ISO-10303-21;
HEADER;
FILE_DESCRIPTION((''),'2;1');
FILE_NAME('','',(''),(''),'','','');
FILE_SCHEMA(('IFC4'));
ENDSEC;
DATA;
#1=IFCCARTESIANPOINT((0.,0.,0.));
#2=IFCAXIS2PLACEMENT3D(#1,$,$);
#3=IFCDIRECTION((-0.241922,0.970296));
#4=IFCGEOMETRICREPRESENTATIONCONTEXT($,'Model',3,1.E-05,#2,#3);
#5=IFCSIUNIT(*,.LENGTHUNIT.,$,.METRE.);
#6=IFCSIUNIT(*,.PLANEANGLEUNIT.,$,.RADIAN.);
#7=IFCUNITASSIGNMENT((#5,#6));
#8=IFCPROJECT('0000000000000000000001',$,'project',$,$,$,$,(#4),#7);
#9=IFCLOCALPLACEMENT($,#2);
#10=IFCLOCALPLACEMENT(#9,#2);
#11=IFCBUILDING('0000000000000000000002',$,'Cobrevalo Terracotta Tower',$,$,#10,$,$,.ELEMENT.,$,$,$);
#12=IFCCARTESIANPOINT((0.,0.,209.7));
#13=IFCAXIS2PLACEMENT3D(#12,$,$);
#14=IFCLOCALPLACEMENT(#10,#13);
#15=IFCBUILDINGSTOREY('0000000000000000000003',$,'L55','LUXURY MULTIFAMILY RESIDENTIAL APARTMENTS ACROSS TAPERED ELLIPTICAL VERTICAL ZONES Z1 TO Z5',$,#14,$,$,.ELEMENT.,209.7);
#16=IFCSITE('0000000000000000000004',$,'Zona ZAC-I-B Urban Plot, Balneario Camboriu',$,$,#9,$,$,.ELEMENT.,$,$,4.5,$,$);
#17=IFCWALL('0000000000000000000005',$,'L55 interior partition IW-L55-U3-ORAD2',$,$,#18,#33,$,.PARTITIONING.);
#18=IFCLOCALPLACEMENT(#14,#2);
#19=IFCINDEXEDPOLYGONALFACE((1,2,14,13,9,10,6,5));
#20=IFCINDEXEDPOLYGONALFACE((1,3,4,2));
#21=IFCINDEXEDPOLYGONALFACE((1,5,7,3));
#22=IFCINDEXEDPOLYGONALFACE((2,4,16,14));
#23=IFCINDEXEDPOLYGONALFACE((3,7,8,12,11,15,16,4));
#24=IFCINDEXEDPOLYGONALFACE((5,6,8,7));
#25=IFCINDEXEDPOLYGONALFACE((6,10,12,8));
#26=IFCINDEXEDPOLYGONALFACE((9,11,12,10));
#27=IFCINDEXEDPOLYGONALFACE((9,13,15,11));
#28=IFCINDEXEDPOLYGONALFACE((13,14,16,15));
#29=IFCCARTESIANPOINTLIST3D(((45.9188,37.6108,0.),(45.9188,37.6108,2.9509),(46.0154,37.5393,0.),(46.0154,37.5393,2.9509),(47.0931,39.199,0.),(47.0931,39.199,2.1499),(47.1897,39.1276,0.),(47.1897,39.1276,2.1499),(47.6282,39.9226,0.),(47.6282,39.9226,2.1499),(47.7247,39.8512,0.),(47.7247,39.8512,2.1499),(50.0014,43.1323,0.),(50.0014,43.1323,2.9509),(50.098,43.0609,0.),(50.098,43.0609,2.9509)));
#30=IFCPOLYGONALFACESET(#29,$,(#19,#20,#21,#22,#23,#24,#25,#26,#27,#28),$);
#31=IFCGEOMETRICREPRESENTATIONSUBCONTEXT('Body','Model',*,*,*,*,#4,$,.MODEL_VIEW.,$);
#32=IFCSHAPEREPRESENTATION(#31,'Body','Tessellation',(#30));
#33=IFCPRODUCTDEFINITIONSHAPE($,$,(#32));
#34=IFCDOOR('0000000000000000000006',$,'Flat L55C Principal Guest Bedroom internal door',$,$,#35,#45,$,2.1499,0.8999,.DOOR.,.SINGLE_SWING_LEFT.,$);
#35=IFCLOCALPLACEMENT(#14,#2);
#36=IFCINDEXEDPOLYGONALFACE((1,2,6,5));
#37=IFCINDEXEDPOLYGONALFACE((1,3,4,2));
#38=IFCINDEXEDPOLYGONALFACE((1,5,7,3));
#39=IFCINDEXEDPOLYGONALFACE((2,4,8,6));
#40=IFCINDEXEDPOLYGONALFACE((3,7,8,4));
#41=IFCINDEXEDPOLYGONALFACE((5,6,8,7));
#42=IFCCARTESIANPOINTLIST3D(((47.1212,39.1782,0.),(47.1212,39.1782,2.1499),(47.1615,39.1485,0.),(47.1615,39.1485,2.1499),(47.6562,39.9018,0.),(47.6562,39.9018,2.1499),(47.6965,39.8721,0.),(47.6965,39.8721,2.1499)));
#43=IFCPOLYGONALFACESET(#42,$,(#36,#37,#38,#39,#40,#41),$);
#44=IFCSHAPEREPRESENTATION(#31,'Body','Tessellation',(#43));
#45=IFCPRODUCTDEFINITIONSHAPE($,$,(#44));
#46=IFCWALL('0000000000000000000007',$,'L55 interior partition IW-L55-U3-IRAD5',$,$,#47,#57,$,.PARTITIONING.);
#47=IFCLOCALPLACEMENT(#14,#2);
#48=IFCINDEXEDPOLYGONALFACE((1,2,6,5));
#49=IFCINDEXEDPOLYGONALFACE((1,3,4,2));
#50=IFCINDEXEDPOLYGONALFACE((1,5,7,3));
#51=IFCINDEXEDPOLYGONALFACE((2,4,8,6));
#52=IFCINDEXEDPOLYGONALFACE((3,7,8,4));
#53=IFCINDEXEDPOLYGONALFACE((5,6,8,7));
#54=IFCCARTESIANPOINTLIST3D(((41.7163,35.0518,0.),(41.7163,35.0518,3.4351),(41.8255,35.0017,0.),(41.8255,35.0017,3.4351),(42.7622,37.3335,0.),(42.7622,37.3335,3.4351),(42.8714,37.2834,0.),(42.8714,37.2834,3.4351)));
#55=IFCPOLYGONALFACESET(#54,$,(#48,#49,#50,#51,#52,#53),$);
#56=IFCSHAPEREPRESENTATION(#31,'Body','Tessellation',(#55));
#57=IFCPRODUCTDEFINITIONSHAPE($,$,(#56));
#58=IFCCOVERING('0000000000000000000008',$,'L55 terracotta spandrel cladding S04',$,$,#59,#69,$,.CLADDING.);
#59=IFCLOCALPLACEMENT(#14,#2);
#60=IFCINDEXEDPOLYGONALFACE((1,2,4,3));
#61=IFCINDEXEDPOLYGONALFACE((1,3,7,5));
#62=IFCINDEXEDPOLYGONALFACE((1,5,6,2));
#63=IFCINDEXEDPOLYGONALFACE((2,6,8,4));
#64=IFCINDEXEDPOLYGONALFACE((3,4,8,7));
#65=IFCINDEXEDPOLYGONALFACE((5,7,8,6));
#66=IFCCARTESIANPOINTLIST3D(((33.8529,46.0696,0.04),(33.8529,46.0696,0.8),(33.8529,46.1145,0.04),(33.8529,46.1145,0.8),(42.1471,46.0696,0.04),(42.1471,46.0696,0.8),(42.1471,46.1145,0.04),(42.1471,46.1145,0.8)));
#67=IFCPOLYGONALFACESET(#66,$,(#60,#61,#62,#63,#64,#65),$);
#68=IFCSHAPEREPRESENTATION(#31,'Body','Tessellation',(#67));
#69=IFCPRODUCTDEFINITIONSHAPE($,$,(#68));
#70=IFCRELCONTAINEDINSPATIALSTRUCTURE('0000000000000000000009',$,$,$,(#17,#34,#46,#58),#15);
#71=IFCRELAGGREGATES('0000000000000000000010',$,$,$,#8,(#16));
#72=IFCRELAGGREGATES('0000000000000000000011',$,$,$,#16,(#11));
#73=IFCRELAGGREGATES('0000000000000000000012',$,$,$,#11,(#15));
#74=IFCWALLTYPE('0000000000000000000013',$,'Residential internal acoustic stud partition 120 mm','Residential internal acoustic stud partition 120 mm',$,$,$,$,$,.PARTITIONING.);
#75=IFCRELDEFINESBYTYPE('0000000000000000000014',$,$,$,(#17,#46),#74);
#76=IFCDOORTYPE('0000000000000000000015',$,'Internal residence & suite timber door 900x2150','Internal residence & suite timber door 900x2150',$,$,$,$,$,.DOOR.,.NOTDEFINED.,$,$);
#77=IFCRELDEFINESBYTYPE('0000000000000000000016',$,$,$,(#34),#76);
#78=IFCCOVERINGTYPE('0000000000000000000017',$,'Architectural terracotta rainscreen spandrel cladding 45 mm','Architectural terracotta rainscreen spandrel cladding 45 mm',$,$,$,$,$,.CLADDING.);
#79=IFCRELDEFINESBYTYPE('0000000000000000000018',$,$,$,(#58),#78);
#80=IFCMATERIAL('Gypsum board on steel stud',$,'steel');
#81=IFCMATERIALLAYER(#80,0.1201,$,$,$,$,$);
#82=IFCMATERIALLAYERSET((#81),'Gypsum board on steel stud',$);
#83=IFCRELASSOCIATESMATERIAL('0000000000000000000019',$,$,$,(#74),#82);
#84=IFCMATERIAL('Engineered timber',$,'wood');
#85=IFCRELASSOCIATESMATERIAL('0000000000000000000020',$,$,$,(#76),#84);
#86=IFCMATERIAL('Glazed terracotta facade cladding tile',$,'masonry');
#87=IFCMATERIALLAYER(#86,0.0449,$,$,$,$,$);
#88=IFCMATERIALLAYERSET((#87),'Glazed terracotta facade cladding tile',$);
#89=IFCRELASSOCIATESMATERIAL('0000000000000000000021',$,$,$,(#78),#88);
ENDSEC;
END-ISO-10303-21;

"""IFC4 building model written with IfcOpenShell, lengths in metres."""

from ifc_helpers import new_model, si_unit, direction, frame, frame_2d, origin, origin_2d, place, context, subcontext, project, spatial, rectangle, extrude, source, transform, mapped, material, layer, layer_set, type_object, element, fill, save


model = new_model("IFC4")

# Units and contexts
model_context = context("Model", 3, precision=1e-05, world=origin(), true_north=direction((-0.241922, 0.970296)))
body_context = subcontext(model_context, "Body", "Model", "MODEL_VIEW")
ifc_project = project(units=[si_unit("LENGTHUNIT", "METRE"), si_unit("PLANEANGLEUNIT", "RADIAN")], contexts=[model_context])

# Site, building, storey
site_placement = place(None, origin())
site = spatial("IfcSite", under=ifc_project, at=site_placement, Name="Zona ZAC-I-B Urban Plot, Balneario Camboriu", CompositionType="ELEMENT", RefElevation=4.5)
building_placement = place(site_placement, origin())
building = spatial("IfcBuilding", under=site, at=building_placement, Name="Cobrevalo Terracotta Tower", CompositionType="ELEMENT")
storey_placement = place(building_placement, frame((0.0, 0.0, 209.7)))
storey = spatial("IfcBuildingStorey", under=building, at=storey_placement, Name="L55", Description="LUXURY MULTIFAMILY RESIDENTIAL APARTMENTS ACROSS TAPERED ELLIPTICAL VERTICAL ZONES Z1 TO Z5", CompositionType="ELEMENT", Elevation=209.7)

# Shared definitions
ifc_material_1 = material(Name="Gypsum board on steel stud", Category="steel")

# Shared definitions
ifc_layer_1 = layer(ifc_material_1, 0.1201)
ifc_layer_set_1 = layer_set([ifc_layer_1], Name="Gypsum board on steel stud")
wall_type_1 = type_object("IfcWallType", Name="Residential internal acoustic stud partition 120 mm", Description="Residential internal acoustic stud partition 120 mm", PredefinedType="PARTITIONING", material=ifc_layer_set_1)

# Shared definitions
ifc_material_2 = material(Name="Engineered timber", Category="wood")
door_type = type_object("IfcDoorType", Name="Internal residence & suite timber door 900x2150", Description="Internal residence & suite timber door 900x2150", OperationType="NOTDEFINED", PredefinedType="DOOR", material=ifc_material_2)
shared_shape_1 = source(origin(), body_context, "Body", "SweptSolid", [
    extrude(rectangle(XDim=0.8999, YDim=2.1499, at=frame_2d((0.45, 1.075))), frame((0.0, 0.0249, 0.0), z_axis=(0.0, -1.0, 0.0), x_axis=(1.0, 0.0, 0.0)), (0.0, 0.0, 1.0), 0.05),
])

# Wall, opening, door
wall_1_placement = place(storey_placement, frame((45.967, 37.575, 0.0), z_axis=(0.0, 0.0, 1.0), x_axis=(0.594525, 0.804077, 0.0)))
wall_1 = element("IfcWall", 1, at=wall_1_placement, inside=storey, type_object=wall_type_1, Name="L55 interior partition IW-L55-U3-ORAD2", PredefinedType="PARTITIONING", context=body_context, shape_type="SweptSolid", body=[
    extrude(rectangle(XDim=6.8669, YDim=0.1201, at=frame_2d((3.4336, 0.0))), origin(), (0.0, 0.0, 1.0), 2.9509),
])
opening_1_placement = place(wall_1_placement, frame((1.9753, 0.0, 0.0)))
opening_1 = element("IfcOpeningElement", 2, at=opening_1_placement, cuts=wall_1, PredefinedType="OPENING", context=body_context, shape_type="SweptSolid", body=[
    extrude(rectangle(XDim=0.8999, YDim=2.1499, at=frame_2d((0.45, 1.075))), frame((0.0, 0.0701, 0.0), z_axis=(0.0, -1.0, 0.0), x_axis=(1.0, 0.0, 0.0)), (0.0, 0.0, 1.0), 0.1401),
])
door_1_placement = place(opening_1_placement, frame((0.8999, 0.0, 0.0), z_axis=(0.0, 0.0, 1.0), x_axis=(-1.0, 0.0, 0.0)))
door_1 = element("IfcDoor", 3, at=door_1_placement, inside=storey, type_object=door_type, Name="Flat L55C Principal Guest Bedroom internal door", OperationType="SINGLE_SWING_LEFT", OverallHeight=2.1499, OverallWidth=0.8999, PredefinedType="DOOR", context=body_context, shape_type="MappedRepresentation", body=[
    mapped(shared_shape_1, transform((0.0, 0.0, 0.0), scale=1.0)),
])
fill(opening_1, door_1)

# Wall
wall_2_placement = place(storey_placement, frame((41.771, 35.0269, 0.0), z_axis=(0.0, 0.0, 1.0), x_axis=(0.416688, 0.909049, 0.0)))
element("IfcWall", 4, at=wall_2_placement, inside=storey, type_object=wall_type_1, Name="L55 interior partition IW-L55-U3-IRAD5", PredefinedType="PARTITIONING", context=body_context, shape_type="SweptSolid", body=[
    extrude(rectangle(XDim=2.51, YDim=0.1201, at=frame_2d((1.2549, 0.0))), origin(), (0.0, 0.0, 1.0), 3.4351),
])

# Covering
ifc_material_3 = material(Name="Glazed terracotta facade cladding tile", Category="masonry")
ifc_layer_2 = layer(ifc_material_3, 0.0449)
ifc_layer_set_2 = layer_set([ifc_layer_2], Name="Glazed terracotta facade cladding tile")
covering_type = type_object("IfcCoveringType", Name="Architectural terracotta rainscreen spandrel cladding 45 mm", Description="Architectural terracotta rainscreen spandrel cladding 45 mm", PredefinedType="CLADDING", material=ifc_layer_set_2)
shared_shape_2 = source(origin(), body_context, "Body", "SweptSolid", [
    extrude(rectangle(XDim=8.2942, YDim=0.0449, at=origin_2d()), origin(), (0.0, 0.0, 1.0), 0.76),
])
covering_placement = place(storey_placement, frame((38.0, 46.092, 0.04), z_axis=(0.0, 0.0, 1.0), x_axis=(-1.0, 0.0, 0.0)))
element("IfcCovering", 5, at=covering_placement, inside=storey, type_object=covering_type, Name="L55 terracotta spandrel cladding S04", PredefinedType="CLADDING", context=body_context, shape_type="MappedRepresentation", body=[
    mapped(shared_shape_2, transform((0.0, 0.0, 0.0), scale=1.0)),
])

save(model, "model.ifc")
